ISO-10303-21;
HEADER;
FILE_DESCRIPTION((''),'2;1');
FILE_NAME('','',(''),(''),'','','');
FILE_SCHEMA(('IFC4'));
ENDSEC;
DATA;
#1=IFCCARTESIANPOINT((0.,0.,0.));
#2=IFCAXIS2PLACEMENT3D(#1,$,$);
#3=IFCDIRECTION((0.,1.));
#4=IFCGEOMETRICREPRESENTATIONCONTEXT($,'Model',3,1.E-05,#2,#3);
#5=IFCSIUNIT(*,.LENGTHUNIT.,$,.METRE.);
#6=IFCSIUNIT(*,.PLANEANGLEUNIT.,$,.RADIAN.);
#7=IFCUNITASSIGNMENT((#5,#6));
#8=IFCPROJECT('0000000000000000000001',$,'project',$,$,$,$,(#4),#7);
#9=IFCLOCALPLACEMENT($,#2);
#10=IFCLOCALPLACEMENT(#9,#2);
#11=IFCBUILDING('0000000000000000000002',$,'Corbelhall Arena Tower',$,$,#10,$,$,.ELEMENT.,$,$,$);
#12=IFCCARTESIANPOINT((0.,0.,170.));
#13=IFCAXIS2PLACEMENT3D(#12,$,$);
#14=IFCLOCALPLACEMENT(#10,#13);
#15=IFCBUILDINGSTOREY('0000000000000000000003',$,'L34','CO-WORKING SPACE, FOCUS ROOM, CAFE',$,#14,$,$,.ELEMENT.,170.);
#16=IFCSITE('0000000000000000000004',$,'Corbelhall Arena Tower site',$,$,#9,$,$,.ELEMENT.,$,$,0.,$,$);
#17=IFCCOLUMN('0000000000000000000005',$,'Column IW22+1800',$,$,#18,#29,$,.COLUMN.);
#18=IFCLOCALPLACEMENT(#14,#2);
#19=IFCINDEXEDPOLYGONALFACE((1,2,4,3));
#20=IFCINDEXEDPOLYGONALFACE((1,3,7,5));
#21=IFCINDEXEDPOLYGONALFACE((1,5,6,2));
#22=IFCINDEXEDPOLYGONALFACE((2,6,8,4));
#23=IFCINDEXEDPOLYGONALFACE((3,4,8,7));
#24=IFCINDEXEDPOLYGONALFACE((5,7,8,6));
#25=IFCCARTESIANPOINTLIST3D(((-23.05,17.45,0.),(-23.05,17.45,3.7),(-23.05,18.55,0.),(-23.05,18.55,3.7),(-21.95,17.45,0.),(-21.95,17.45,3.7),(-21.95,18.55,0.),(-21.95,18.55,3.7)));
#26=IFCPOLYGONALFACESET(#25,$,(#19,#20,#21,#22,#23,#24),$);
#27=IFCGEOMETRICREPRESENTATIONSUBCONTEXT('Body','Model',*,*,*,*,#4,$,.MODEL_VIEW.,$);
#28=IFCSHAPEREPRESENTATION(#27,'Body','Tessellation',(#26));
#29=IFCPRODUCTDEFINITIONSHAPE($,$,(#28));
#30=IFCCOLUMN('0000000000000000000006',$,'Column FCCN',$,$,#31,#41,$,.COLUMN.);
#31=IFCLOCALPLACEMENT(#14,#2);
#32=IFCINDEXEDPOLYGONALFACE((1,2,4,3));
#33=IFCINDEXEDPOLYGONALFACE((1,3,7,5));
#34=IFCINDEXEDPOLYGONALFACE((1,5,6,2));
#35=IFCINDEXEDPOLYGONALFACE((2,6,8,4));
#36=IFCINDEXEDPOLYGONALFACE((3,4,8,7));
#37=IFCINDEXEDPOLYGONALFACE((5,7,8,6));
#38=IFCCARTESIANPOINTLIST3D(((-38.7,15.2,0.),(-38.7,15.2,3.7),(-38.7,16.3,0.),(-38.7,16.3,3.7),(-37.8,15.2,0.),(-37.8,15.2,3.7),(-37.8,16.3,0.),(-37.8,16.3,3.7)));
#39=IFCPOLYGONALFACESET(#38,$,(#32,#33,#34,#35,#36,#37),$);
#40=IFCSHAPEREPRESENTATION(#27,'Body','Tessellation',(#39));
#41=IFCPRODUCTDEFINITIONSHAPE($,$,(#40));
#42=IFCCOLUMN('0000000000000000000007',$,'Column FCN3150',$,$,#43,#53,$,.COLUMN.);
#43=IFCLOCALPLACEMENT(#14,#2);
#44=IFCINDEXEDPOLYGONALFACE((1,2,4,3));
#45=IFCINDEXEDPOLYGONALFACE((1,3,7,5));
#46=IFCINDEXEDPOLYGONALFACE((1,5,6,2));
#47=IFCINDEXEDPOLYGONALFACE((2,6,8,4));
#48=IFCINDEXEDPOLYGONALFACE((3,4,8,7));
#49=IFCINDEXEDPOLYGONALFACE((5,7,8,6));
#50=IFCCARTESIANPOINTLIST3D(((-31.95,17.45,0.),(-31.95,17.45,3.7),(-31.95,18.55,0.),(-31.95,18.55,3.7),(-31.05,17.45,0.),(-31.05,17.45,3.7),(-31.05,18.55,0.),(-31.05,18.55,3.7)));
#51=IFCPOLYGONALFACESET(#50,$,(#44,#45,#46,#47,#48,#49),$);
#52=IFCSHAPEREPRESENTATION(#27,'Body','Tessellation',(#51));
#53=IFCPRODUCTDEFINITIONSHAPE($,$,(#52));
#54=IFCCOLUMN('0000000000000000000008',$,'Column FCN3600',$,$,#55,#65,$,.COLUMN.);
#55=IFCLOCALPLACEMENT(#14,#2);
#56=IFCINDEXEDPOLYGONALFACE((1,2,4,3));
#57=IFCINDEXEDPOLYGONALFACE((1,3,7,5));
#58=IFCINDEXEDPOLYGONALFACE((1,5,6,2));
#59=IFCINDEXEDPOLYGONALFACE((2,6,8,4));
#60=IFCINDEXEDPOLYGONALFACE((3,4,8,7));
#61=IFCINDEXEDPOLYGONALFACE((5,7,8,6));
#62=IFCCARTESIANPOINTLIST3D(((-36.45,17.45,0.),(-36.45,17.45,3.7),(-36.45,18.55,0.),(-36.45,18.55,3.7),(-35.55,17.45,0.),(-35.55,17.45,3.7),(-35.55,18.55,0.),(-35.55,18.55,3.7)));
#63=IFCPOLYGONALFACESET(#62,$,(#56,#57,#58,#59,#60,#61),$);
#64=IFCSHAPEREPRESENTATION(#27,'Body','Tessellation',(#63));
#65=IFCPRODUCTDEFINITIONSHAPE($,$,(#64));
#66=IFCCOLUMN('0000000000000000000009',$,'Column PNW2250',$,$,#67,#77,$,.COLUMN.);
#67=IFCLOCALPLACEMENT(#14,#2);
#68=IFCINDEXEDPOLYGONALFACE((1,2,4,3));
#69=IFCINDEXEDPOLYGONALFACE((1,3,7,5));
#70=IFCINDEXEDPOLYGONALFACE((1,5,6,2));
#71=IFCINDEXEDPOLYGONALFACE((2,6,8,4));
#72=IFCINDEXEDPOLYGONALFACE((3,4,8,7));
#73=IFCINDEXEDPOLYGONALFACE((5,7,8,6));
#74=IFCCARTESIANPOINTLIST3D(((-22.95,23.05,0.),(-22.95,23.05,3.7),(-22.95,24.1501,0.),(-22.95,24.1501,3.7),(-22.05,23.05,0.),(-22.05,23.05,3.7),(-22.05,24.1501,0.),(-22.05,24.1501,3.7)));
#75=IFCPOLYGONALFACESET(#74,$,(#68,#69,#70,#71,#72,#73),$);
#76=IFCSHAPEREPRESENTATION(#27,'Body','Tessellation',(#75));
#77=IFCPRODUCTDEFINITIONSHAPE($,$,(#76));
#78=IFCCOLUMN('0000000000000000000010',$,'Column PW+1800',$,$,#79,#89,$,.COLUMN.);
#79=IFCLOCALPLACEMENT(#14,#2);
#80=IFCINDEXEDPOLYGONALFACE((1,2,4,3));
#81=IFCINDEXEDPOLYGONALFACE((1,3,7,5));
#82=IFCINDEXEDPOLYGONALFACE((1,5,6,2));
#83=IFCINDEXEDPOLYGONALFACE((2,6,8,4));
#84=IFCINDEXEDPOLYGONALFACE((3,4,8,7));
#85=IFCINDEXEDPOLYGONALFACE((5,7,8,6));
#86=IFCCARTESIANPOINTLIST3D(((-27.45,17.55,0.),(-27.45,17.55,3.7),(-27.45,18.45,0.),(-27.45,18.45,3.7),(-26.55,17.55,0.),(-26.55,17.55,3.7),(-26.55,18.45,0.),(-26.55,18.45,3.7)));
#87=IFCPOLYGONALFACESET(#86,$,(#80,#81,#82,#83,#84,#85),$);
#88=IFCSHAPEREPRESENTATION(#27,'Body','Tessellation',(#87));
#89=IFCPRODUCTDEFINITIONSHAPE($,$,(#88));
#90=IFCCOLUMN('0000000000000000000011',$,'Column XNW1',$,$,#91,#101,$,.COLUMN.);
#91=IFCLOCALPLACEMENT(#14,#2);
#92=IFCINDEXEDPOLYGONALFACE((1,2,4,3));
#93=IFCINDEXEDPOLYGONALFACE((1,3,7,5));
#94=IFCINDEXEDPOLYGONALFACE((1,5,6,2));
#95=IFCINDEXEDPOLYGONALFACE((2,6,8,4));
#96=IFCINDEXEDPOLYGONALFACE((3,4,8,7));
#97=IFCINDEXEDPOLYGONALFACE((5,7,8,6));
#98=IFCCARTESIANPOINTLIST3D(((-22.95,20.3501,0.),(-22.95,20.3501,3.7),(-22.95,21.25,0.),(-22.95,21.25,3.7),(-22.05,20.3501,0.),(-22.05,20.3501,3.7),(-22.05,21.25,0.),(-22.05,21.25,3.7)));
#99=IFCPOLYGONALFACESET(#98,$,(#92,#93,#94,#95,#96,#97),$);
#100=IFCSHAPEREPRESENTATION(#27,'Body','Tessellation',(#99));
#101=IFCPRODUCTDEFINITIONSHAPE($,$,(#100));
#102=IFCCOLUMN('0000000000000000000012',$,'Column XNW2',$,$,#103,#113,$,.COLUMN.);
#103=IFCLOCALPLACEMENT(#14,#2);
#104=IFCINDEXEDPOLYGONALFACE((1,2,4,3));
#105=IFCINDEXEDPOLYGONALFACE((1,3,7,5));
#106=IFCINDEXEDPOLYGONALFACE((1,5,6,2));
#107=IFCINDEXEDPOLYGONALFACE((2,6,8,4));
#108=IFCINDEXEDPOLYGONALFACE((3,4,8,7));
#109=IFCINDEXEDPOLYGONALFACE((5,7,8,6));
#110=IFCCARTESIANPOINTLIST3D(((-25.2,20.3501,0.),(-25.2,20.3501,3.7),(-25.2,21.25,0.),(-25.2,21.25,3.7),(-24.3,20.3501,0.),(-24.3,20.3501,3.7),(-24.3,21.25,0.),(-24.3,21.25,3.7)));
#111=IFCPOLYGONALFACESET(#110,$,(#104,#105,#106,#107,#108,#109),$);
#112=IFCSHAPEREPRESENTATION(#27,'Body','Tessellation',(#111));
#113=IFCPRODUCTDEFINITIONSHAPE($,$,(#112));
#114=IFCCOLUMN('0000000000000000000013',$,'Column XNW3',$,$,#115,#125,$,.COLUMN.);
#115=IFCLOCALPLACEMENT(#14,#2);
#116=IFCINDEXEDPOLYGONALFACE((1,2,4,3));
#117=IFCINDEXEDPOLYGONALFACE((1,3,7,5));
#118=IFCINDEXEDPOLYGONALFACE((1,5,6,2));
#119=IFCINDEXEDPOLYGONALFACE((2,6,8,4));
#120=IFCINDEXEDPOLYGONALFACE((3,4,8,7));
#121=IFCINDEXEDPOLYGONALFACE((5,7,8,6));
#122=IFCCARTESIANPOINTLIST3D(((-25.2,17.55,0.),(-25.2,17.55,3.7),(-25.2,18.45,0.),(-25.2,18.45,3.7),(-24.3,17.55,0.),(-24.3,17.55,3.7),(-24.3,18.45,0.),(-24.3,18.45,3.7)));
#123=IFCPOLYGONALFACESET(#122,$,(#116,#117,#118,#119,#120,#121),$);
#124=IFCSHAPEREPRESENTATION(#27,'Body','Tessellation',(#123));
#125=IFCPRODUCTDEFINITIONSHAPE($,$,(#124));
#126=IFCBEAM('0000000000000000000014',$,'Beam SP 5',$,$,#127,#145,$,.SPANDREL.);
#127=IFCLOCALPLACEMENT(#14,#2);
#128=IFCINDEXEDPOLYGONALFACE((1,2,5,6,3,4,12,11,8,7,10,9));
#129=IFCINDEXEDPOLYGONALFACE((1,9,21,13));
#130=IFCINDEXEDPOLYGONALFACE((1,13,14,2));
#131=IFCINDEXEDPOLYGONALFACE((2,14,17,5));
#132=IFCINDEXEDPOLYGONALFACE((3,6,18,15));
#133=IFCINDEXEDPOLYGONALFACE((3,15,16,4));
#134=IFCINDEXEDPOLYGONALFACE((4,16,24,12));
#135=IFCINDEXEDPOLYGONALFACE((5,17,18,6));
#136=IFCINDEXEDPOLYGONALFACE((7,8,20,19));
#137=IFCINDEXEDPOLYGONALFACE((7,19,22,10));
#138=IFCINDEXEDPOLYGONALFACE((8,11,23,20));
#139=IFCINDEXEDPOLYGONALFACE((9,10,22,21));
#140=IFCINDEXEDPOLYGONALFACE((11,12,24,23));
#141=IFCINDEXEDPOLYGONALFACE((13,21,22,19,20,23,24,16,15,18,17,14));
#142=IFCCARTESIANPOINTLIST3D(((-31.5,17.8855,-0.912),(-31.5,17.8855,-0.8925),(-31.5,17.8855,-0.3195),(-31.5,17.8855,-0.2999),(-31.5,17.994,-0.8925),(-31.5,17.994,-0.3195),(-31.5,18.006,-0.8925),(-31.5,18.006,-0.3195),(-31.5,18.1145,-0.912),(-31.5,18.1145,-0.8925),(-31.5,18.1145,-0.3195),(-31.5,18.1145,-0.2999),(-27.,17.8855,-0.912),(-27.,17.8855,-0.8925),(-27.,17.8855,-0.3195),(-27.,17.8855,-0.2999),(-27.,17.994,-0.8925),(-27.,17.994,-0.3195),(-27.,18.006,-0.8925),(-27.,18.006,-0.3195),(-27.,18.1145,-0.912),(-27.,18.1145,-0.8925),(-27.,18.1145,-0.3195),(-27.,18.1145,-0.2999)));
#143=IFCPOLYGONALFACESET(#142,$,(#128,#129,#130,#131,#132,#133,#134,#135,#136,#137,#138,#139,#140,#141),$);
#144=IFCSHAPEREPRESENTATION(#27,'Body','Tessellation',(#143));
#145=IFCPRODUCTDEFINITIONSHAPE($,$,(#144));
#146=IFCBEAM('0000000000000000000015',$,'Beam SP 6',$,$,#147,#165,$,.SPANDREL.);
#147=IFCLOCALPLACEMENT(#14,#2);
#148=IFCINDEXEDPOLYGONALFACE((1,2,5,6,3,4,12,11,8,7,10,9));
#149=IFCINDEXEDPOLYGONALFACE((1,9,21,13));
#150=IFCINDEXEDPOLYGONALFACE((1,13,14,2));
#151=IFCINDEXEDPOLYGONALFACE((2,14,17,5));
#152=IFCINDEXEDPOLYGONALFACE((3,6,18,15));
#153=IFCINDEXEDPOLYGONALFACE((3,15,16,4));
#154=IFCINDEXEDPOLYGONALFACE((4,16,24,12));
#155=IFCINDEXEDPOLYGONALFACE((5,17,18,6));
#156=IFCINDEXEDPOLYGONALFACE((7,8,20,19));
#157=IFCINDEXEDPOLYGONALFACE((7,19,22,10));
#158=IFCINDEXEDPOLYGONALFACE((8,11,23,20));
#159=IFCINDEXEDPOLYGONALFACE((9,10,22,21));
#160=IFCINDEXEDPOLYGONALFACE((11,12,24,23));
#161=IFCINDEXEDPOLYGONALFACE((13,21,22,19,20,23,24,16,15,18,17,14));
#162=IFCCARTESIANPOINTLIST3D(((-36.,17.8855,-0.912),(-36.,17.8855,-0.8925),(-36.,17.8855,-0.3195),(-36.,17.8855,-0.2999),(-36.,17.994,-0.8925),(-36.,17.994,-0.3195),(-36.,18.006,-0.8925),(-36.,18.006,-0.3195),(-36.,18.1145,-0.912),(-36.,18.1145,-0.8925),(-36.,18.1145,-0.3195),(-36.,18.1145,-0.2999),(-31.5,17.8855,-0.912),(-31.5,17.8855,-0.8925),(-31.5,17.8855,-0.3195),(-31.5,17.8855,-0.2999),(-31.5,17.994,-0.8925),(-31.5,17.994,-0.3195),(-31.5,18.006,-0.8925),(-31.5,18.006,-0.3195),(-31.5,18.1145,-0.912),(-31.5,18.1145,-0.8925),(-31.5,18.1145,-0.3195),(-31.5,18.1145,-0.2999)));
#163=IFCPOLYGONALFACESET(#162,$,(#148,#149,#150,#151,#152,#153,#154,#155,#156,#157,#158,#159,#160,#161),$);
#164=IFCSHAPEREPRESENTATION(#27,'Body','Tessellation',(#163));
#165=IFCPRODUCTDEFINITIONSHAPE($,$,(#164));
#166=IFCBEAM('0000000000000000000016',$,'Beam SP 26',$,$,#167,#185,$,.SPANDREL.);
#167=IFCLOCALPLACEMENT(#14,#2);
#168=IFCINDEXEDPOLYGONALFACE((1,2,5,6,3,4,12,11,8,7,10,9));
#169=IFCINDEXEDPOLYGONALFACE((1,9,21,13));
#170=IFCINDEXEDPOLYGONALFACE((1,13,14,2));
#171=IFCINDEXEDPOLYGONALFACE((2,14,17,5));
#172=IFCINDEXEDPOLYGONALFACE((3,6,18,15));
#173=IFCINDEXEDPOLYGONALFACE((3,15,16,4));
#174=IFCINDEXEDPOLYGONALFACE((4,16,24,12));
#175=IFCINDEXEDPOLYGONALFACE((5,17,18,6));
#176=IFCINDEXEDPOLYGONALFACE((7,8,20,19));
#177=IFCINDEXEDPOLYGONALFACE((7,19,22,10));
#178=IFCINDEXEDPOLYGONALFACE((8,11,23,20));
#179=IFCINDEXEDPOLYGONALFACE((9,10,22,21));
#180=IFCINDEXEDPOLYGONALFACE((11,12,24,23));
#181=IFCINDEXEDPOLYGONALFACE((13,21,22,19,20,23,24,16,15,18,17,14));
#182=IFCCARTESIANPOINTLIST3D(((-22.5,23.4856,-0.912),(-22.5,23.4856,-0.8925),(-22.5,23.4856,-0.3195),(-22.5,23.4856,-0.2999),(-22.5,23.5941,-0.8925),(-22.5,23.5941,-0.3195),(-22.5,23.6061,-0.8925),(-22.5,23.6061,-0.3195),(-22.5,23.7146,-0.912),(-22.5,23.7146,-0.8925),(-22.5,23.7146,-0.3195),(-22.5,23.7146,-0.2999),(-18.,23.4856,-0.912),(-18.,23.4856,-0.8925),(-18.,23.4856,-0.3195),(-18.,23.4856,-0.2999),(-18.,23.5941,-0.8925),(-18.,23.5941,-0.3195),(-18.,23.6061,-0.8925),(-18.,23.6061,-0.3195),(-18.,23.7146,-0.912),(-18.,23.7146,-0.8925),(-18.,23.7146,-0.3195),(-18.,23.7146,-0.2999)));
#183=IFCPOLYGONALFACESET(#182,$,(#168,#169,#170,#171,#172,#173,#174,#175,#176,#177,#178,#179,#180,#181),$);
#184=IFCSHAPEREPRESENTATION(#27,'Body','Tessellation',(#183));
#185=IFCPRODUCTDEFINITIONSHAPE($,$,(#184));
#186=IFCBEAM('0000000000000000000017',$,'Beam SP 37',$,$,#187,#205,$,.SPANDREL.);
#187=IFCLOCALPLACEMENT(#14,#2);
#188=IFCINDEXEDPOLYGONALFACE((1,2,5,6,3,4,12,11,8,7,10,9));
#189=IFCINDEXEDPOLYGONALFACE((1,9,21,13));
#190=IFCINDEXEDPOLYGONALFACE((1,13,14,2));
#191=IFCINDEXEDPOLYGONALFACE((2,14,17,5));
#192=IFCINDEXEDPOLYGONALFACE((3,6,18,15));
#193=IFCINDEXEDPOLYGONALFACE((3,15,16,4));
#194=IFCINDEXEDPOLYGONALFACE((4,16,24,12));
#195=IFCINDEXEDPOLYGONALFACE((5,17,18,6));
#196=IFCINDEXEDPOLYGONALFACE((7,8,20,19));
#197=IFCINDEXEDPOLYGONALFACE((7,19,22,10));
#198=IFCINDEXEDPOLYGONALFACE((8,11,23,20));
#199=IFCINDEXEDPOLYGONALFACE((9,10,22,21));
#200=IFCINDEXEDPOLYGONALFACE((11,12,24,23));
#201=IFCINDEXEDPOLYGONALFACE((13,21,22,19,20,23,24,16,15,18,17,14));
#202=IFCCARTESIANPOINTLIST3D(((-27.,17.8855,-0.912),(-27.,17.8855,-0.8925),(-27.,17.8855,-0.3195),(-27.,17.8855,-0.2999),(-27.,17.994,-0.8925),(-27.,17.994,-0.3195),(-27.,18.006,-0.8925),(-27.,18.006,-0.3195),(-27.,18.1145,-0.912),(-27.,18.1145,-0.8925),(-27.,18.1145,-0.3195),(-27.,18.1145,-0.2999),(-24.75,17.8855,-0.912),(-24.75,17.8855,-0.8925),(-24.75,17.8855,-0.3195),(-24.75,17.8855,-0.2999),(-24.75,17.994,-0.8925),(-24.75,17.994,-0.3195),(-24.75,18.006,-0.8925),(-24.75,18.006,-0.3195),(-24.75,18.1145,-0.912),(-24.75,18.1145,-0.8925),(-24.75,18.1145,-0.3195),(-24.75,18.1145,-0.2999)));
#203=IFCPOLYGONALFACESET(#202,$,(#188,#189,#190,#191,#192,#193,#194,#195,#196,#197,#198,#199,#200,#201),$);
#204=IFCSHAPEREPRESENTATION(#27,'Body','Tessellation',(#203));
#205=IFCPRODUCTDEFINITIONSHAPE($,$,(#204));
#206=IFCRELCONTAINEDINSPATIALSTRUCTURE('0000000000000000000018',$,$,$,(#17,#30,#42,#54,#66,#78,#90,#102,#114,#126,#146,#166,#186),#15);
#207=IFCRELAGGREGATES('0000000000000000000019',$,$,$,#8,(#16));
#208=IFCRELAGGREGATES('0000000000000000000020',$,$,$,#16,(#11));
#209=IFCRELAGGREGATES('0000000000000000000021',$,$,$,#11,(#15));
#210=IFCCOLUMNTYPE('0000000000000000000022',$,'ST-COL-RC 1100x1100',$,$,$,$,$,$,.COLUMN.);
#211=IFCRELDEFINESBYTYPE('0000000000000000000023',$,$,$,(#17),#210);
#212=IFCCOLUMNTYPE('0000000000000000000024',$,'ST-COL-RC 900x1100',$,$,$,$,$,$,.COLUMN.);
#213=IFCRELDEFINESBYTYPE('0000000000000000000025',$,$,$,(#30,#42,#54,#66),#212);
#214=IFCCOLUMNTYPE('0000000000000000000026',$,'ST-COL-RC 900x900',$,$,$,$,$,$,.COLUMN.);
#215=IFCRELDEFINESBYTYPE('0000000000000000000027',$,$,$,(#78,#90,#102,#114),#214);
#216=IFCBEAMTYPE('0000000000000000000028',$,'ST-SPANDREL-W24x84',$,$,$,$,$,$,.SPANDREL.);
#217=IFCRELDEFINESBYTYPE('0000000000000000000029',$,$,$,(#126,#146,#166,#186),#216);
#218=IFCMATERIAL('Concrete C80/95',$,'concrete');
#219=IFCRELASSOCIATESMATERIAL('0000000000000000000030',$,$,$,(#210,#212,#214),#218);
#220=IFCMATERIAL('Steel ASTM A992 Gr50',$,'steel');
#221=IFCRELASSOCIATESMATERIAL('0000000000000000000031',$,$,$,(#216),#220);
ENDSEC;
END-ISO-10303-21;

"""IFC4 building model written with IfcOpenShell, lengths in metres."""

from ifc_helpers import new_model, si_unit, direction, frame, origin, origin_2d, place, context, subcontext, project, spatial, rectangle, i_section, extrude, material, material_profile, profile_set, type_object, element, save


model = new_model("IFC4")

# Units and contexts
model_context = context("Model", 3, precision=1e-05, world=origin(), true_north=direction((0.0, 1.0)))
body_context = subcontext(model_context, "Body", "Model", "MODEL_VIEW")
ifc_project = project(units=[si_unit("LENGTHUNIT", "METRE"), si_unit("PLANEANGLEUNIT", "RADIAN")], contexts=[model_context])

# Site, building, storey
site_placement = place(None, origin())
site = spatial("IfcSite", under=ifc_project, at=site_placement, Name="Corbelhall Arena Tower site", CompositionType="ELEMENT", RefElevation=0.0)
building_placement = place(site_placement, origin())
building = spatial("IfcBuilding", under=site, at=building_placement, Name="Corbelhall Arena Tower", CompositionType="ELEMENT")
storey_placement = place(building_placement, frame((0.0, 0.0, 170.0)))
storey = spatial("IfcBuildingStorey", under=building, at=storey_placement, Name="L34", Description="CO-WORKING SPACE, FOCUS ROOM, CAFE", CompositionType="ELEMENT", Elevation=170.0)

# Columns
ifc_material_1 = material(Name="Concrete C80/95", Category="concrete")
ifc_material_profile_1 = material_profile(ifc_material_1, rectangle(XDim=1.1001, YDim=1.1001, at=origin_2d()))
ifc_profile_set_1 = profile_set([ifc_material_profile_1], Name="Concrete C80/95")
column_type_1 = type_object("IfcColumnType", Name="ST-COL-RC 1100x1100", PredefinedType="COLUMN", material=ifc_profile_set_1)
column_placement = place(storey_placement, frame((-22.5, 18.0, 0.0), z_axis=(0.0, 0.0, 1.0), x_axis=(1.0, 0.0, 0.0)))
element("IfcColumn", 1, at=column_placement, inside=storey, type_object=column_type_1, Name="Column IW22+1800", PredefinedType="COLUMN", context=body_context, shape_type="SweptSolid", body=[
    extrude(rectangle(XDim=1.1001, YDim=1.1001, at=origin_2d()), origin(), (0.0, 0.0, 1.0), 3.7),
])
ifc_material_profile_2 = material_profile(ifc_material_1, rectangle(XDim=0.8999, YDim=1.1001, at=origin_2d()))
ifc_profile_set_2 = profile_set([ifc_material_profile_2], Name="Concrete C80/95")
column_type_2 = type_object("IfcColumnType", Name="ST-COL-RC 900x1100", PredefinedType="COLUMN", material=ifc_profile_set_2)
for number, where, z_axis, x_axis, name in (
    (2, (-38.25, 15.75, 0.0), (0.0, 0.0, 1.0), (1.0, 0.0, 0.0), "Column FCCN"),
    (3, (-31.5, 18.0, 0.0), (0.0, 0.0, 1.0), (1.0, 0.0, 0.0), "Column FCN3150"),
    (4, (-36.0, 18.0, 0.0), (0.0, 0.0, 1.0), (1.0, 0.0, 0.0), "Column FCN3600"),
    (5, (-22.5, 23.6001, 0.0), (0.0, 0.0, 1.0), (1.0, 0.0, 0.0), "Column PNW2250"),
):
    element("IfcColumn", number, at=place(storey_placement, frame(where, z_axis=z_axis, x_axis=x_axis)), inside=storey, type_object=column_type_2, Name=name, PredefinedType="COLUMN", context=body_context, shape_type="SweptSolid", body=[
        extrude(rectangle(XDim=0.8999, YDim=1.1001, at=origin_2d()), origin(), (0.0, 0.0, 1.0), 3.7),
    ])
ifc_material_profile_3 = material_profile(ifc_material_1, rectangle(XDim=0.8999, YDim=0.8999, at=origin_2d()))
ifc_profile_set_3 = profile_set([ifc_material_profile_3], Name="Concrete C80/95")
column_type_3 = type_object("IfcColumnType", Name="ST-COL-RC 900x900", PredefinedType="COLUMN", material=ifc_profile_set_3)
for number, where, z_axis, x_axis, name in (
    (6, (-27.0, 18.0, 0.0), (0.0, 0.0, 1.0), (1.0, 0.0, 0.0), "Column PW+1800"),
    (7, (-22.5, 20.8, 0.0), (0.0, 0.0, 1.0), (1.0, 0.0, 0.0), "Column XNW1"),
    (8, (-24.75, 20.8, 0.0), (0.0, 0.0, 1.0), (1.0, 0.0, 0.0), "Column XNW2"),
    (9, (-24.75, 18.0, 0.0), (0.0, 0.0, 1.0), (1.0, 0.0, 0.0), "Column XNW3"),
):
    element("IfcColumn", number, at=place(storey_placement, frame(where, z_axis=z_axis, x_axis=x_axis)), inside=storey, type_object=column_type_3, Name=name, PredefinedType="COLUMN", context=body_context, shape_type="SweptSolid", body=[
        extrude(rectangle(XDim=0.8999, YDim=0.8999, at=origin_2d()), origin(), (0.0, 0.0, 1.0), 3.7),
    ])

# Beams
ifc_material_2 = material(Name="Steel ASTM A992 Gr50", Category="steel")
ifc_material_profile_4 = material_profile(ifc_material_2, i_section(OverallWidth=0.229, OverallDepth=0.6121, WebThickness=0.012, FlangeThickness=0.0195, at=origin_2d()))
ifc_profile_set_4 = profile_set([ifc_material_profile_4], Name="Steel ASTM A992 Gr50")
beam_type = type_object("IfcBeamType", Name="ST-SPANDREL-W24x84", PredefinedType="SPANDREL", material=ifc_profile_set_4)
for number, where, z_axis, x_axis, name in (
    (10, (-31.5, 18.0, -0.606), (1.0, 0.0, 0.0), (0.0, 1.0, 0.0), "Beam SP 5"),
    (11, (-36.0, 18.0, -0.606), (1.0, 0.0, 0.0), (0.0, 1.0, 0.0), "Beam SP 6"),
    (12, (-22.5, 23.6001, -0.606), (1.0, 0.0, 0.0), (0.0, 1.0, 0.0), "Beam SP 26"),
):
    element("IfcBeam", number, at=place(storey_placement, frame(where, z_axis=z_axis, x_axis=x_axis)), inside=storey, type_object=beam_type, Name=name, PredefinedType="SPANDREL", context=body_context, shape_type="SweptSolid", body=[
        extrude(i_section(OverallWidth=0.229, OverallDepth=0.6121, WebThickness=0.012, FlangeThickness=0.0195, at=origin_2d()), origin(), (0.0, 0.0, 1.0), 4.5),
    ])
beam_1_placement = place(storey_placement, frame((-27.0, 18.0, -0.606), z_axis=(1.0, 0.0, 0.0), x_axis=(0.0, 1.0, 0.0)))
element("IfcBeam", 13, at=beam_1_placement, inside=storey, type_object=beam_type, Name="Beam SP 37", PredefinedType="SPANDREL", context=body_context, shape_type="SweptSolid", body=[
    extrude(i_section(OverallWidth=0.229, OverallDepth=0.6121, WebThickness=0.012, FlangeThickness=0.0195, at=origin_2d()), origin(), (0.0, 0.0, 1.0), 2.25),
])

save(model, "model.ifc")
